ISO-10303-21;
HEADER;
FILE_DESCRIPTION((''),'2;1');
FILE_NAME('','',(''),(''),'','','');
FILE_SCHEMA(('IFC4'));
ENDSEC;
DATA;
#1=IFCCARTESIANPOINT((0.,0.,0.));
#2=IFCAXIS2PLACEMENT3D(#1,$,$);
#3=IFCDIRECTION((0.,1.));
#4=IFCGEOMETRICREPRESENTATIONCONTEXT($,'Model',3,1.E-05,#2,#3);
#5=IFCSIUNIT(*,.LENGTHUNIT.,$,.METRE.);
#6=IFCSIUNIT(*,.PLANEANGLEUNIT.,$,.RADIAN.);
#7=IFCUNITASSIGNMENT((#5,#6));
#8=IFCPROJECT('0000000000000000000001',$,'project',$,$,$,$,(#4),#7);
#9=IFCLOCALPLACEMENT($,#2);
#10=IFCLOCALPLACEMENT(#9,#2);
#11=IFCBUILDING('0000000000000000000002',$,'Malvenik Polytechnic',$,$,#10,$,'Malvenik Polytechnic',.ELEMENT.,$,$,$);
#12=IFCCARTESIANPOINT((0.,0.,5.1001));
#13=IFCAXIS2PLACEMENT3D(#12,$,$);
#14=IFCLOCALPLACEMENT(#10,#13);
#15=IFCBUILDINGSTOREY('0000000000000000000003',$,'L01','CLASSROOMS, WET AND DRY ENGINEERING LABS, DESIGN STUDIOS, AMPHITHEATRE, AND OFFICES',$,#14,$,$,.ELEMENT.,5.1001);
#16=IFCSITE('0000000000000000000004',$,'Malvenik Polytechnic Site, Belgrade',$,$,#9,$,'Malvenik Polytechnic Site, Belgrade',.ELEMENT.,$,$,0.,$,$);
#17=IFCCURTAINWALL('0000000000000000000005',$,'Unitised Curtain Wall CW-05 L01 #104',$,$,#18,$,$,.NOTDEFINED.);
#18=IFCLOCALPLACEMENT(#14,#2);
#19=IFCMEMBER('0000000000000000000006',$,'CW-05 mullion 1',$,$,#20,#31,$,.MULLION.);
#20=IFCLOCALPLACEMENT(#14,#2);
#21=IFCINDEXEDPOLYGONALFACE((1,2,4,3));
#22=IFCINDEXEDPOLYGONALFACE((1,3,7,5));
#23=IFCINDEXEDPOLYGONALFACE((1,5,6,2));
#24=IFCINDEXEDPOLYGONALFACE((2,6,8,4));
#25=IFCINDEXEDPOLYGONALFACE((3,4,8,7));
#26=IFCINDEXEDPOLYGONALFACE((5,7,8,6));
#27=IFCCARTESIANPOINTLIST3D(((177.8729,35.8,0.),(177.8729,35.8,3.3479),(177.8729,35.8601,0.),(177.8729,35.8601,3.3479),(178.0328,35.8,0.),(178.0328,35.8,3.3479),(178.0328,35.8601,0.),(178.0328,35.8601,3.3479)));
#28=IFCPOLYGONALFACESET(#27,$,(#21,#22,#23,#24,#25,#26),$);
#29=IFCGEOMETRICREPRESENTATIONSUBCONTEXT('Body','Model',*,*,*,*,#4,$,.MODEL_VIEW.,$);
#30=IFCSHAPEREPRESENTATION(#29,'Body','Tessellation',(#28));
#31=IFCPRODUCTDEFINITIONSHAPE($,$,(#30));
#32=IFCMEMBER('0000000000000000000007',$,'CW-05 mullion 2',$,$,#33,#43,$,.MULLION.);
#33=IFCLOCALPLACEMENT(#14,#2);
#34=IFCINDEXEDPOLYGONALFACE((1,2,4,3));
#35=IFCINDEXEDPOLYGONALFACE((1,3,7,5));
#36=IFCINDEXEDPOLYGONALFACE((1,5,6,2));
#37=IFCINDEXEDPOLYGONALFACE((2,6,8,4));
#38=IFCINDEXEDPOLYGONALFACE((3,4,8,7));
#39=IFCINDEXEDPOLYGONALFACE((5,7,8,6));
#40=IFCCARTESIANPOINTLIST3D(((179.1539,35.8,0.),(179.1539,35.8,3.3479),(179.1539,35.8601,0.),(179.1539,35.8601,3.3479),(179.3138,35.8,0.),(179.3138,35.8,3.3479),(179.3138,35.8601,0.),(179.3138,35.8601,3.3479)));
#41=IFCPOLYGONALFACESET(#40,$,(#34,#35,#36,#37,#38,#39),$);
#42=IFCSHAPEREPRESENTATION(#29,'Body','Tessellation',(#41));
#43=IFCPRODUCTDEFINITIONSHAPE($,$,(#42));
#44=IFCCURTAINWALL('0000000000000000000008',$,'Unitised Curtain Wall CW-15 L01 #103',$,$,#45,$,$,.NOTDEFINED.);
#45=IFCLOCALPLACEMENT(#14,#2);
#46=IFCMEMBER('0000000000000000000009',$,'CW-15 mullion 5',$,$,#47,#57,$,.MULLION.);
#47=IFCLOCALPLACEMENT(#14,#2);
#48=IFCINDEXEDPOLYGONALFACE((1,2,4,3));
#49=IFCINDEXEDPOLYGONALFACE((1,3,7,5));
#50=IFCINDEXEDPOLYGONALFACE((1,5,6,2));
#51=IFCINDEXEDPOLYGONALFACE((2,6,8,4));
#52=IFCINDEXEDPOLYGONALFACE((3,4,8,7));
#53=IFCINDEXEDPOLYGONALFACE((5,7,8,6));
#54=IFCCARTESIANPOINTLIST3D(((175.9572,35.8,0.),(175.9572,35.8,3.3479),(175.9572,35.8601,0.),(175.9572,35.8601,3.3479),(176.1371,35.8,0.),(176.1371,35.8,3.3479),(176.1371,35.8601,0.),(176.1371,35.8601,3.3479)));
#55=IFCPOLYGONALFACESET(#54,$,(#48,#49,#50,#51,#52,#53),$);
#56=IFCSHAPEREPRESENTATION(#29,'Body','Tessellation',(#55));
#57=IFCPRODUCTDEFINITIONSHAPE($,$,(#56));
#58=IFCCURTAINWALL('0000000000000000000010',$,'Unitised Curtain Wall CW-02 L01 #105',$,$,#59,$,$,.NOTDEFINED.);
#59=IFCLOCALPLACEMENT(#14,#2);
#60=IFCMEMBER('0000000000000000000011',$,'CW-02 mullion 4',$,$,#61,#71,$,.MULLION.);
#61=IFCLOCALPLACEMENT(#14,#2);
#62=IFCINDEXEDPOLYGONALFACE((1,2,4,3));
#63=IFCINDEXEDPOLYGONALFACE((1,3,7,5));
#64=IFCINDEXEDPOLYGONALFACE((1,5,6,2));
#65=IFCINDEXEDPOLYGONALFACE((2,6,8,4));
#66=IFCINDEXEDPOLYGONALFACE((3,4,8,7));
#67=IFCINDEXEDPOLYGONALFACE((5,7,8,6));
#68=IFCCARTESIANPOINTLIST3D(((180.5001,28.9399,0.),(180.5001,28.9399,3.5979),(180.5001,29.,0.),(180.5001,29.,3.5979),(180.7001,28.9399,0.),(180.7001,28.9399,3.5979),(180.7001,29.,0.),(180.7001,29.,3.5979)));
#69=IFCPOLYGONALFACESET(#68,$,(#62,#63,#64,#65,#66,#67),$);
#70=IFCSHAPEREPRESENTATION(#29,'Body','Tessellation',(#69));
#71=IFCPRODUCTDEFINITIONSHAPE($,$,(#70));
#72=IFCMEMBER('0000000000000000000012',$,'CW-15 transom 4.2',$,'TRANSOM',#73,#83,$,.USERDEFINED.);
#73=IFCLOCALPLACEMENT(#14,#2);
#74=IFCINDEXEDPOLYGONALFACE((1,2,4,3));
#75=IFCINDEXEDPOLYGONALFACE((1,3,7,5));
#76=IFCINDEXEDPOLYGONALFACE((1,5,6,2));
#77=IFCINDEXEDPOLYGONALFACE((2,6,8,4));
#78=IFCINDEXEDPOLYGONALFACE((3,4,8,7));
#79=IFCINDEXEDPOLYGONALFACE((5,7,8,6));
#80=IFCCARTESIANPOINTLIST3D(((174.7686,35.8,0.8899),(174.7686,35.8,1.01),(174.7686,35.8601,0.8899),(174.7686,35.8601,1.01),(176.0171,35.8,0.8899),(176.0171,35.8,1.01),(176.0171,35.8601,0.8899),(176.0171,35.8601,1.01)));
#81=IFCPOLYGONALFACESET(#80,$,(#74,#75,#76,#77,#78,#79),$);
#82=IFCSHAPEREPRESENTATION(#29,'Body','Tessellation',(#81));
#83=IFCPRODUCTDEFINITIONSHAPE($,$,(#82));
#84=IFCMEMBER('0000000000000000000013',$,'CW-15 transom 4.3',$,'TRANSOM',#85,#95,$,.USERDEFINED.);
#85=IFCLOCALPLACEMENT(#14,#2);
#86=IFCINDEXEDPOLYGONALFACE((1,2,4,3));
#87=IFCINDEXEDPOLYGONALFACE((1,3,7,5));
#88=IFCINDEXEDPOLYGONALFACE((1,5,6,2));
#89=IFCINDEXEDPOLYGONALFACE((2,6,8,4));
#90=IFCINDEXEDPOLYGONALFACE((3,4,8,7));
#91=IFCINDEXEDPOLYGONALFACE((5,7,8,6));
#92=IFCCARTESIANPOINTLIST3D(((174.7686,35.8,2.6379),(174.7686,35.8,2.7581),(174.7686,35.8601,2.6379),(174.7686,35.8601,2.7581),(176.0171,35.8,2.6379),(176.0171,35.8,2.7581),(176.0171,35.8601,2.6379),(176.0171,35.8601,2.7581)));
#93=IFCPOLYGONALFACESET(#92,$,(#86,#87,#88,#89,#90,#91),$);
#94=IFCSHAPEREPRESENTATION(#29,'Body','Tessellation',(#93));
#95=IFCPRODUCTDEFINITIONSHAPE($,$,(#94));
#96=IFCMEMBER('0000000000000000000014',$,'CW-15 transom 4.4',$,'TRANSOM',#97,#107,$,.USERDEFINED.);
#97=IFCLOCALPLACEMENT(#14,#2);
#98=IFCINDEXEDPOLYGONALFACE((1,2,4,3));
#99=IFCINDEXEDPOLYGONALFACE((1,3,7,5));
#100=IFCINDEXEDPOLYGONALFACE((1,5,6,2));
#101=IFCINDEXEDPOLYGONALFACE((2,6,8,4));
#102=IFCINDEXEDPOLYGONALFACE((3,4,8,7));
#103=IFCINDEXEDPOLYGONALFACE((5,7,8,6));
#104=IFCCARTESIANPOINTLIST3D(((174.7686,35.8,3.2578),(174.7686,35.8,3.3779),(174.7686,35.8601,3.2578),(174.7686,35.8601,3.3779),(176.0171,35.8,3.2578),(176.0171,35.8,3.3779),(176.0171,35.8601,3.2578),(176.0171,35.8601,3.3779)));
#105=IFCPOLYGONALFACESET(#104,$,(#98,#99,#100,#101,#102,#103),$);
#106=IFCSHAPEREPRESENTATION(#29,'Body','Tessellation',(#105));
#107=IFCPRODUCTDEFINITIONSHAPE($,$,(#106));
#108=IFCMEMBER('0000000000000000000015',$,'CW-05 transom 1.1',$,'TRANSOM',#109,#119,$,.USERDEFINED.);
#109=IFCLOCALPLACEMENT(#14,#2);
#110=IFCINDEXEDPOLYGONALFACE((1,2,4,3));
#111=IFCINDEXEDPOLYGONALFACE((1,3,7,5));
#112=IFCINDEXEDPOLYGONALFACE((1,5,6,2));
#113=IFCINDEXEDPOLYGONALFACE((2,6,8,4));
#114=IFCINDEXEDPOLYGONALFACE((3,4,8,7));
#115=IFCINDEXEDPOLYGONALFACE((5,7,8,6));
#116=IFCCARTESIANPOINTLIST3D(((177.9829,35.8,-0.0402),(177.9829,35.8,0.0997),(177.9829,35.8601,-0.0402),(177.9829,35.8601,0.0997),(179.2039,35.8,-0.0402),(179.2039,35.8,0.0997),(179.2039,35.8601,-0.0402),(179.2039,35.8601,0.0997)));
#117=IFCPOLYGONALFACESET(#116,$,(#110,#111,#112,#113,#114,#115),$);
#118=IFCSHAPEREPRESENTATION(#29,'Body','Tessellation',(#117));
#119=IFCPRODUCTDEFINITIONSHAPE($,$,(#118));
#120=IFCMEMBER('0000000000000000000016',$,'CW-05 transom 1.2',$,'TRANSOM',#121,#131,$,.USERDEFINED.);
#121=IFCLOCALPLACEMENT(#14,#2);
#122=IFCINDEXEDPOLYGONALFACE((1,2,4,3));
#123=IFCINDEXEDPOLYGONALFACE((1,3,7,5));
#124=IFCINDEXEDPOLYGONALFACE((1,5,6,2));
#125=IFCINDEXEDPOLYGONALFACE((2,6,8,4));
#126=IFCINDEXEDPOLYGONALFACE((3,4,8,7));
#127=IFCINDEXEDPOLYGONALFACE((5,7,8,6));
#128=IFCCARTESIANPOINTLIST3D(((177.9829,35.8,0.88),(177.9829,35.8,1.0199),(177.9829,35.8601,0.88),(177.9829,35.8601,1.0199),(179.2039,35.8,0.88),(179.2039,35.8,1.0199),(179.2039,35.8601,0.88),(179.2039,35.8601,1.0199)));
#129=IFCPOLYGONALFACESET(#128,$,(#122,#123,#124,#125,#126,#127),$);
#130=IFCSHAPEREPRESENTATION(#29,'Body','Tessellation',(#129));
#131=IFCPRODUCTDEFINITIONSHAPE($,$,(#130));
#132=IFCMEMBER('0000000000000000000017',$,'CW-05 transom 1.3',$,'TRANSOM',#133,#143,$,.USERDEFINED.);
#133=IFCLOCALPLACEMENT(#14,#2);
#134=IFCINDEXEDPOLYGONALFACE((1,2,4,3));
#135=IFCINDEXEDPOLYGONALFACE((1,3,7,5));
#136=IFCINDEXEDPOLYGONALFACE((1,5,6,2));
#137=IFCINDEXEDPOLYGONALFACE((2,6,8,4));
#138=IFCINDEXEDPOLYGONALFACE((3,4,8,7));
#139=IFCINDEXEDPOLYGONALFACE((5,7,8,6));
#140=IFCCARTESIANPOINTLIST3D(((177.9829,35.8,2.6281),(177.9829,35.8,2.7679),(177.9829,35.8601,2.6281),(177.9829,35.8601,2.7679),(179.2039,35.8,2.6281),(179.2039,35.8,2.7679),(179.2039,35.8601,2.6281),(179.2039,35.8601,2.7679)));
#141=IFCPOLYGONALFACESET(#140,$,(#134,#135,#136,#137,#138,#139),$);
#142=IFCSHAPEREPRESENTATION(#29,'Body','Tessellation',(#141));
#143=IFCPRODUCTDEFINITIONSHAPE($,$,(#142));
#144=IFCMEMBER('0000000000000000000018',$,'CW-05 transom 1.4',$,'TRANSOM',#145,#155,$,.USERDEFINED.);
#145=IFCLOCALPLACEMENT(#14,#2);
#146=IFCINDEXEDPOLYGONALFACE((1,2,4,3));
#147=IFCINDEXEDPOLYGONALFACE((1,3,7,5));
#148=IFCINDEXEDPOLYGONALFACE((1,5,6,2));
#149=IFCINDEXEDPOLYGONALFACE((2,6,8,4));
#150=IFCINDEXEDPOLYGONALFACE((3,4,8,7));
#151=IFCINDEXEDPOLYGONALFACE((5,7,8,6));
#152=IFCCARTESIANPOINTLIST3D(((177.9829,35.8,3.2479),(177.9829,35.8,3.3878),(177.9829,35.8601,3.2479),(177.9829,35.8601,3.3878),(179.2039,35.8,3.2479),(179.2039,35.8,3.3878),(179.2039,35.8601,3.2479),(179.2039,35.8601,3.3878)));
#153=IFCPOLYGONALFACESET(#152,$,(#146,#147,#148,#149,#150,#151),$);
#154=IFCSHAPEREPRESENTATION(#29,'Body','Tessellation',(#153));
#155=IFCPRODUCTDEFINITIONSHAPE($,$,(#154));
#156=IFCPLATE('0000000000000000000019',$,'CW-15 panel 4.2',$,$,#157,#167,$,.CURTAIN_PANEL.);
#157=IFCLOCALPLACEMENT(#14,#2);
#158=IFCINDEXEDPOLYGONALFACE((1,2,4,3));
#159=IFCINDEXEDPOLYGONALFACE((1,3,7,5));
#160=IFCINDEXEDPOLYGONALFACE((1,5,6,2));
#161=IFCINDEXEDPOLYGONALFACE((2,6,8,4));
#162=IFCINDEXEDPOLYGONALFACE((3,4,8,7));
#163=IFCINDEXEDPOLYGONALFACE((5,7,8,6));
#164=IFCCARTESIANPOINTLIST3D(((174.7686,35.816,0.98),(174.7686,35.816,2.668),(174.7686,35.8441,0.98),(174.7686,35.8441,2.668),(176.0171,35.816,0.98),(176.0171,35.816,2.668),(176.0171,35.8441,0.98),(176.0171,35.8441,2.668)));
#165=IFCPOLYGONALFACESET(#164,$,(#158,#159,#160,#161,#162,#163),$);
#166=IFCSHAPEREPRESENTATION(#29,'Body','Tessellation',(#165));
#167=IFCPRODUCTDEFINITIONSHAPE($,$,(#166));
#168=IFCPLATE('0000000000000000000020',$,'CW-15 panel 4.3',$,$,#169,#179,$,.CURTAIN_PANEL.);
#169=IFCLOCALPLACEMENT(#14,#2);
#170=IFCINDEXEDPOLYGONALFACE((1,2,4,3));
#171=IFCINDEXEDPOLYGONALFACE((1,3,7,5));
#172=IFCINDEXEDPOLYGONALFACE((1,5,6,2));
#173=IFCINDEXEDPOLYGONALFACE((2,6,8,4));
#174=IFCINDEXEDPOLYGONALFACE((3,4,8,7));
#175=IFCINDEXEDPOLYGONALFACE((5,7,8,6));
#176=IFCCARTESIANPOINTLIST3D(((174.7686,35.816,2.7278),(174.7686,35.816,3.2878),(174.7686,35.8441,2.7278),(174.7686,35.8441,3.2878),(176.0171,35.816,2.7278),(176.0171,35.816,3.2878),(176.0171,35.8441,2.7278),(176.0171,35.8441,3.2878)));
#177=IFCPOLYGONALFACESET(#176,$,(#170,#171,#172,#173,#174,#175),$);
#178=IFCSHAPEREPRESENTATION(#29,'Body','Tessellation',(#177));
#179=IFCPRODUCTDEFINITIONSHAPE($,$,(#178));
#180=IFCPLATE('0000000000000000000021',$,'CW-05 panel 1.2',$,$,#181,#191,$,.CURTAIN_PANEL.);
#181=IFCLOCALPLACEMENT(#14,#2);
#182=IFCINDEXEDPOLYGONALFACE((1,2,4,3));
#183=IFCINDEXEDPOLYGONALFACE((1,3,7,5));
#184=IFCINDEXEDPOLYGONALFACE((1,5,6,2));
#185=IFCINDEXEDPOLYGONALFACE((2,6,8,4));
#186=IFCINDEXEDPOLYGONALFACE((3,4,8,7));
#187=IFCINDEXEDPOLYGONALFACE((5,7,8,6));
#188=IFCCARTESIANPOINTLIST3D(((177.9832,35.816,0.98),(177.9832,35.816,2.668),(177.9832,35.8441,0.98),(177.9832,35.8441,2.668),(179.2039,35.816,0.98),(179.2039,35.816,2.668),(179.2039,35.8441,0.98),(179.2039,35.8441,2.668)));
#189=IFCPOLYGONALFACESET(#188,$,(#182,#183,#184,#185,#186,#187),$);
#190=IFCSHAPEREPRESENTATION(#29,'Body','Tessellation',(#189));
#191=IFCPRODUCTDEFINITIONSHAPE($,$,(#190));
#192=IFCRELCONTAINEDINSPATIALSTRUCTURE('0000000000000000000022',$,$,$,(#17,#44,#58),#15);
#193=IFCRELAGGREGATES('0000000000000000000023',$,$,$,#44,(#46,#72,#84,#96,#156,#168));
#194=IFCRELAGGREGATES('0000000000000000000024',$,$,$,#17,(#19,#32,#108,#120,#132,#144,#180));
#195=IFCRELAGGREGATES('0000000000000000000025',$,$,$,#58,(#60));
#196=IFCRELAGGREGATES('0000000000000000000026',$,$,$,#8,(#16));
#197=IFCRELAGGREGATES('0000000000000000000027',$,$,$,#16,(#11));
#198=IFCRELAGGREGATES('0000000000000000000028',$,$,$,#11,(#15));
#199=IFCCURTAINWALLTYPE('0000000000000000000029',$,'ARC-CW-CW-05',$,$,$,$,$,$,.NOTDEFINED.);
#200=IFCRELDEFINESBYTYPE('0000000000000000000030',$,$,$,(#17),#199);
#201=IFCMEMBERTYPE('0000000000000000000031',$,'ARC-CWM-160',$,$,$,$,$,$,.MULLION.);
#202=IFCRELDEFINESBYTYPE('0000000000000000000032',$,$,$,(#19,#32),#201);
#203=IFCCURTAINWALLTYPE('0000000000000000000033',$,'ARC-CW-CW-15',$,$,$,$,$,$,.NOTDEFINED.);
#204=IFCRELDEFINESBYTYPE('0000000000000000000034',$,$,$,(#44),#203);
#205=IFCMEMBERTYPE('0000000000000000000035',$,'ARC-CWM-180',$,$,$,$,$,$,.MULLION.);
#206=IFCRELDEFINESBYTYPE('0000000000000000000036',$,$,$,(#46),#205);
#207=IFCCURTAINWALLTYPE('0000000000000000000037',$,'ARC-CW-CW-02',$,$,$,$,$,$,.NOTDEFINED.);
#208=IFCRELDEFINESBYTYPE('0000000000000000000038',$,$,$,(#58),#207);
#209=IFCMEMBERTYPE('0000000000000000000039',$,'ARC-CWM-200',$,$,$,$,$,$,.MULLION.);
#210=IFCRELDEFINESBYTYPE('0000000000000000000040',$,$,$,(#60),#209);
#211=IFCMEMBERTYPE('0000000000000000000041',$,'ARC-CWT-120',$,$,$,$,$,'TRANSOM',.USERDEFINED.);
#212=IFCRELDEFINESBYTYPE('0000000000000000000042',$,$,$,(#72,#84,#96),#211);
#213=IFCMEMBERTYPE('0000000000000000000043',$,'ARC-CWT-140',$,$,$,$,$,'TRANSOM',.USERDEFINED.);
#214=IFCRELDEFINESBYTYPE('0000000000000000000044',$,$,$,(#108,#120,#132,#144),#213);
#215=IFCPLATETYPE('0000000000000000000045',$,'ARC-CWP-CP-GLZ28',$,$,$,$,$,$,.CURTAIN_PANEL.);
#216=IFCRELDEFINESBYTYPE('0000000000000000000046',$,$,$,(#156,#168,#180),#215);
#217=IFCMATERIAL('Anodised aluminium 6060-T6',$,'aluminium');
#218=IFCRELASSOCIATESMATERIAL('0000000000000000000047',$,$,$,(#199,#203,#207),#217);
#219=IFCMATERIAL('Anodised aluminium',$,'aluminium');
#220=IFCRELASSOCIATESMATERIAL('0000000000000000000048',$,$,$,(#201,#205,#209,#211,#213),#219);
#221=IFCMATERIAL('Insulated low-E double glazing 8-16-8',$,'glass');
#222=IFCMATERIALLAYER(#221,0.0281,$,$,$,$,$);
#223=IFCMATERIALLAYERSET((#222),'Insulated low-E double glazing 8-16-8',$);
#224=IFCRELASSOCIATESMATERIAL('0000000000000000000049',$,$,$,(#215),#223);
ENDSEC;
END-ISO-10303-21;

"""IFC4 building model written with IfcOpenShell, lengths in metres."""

from ifc_helpers import new_model, si_unit, direction, frame, origin, origin_2d, place, context, subcontext, project, spatial, rectangle, extrude, material, layer, layer_set, material_profile, profile_set, type_object, element, aggregate, save


model = new_model("IFC4")

# Units and contexts
model_context = context("Model", 3, precision=1e-05, world=origin(), true_north=direction((0.0, 1.0)))
body_context = subcontext(model_context, "Body", "Model", "MODEL_VIEW")
ifc_project = project(units=[si_unit("LENGTHUNIT", "METRE"), si_unit("PLANEANGLEUNIT", "RADIAN")], contexts=[model_context])

# Site, building, storey
site_placement = place(None, origin())
site = spatial("IfcSite", under=ifc_project, at=site_placement, Name="Malvenik Polytechnic Site, Belgrade", LongName="Malvenik Polytechnic Site, Belgrade", CompositionType="ELEMENT", RefElevation=0.0)
building_placement = place(site_placement, origin())
building = spatial("IfcBuilding", under=site, at=building_placement, Name="Malvenik Polytechnic", LongName="Malvenik Polytechnic", CompositionType="ELEMENT")
storey_placement = place(building_placement, frame((0.0, 0.0, 5.1001)))
storey = spatial("IfcBuildingStorey", under=building, at=storey_placement, Name="L01", Description="CLASSROOMS, WET AND DRY ENGINEERING LABS, DESIGN STUDIOS, AMPHITHEATRE, AND OFFICES", CompositionType="ELEMENT", Elevation=5.1001)

# Curtain wall, members
ifc_material_1 = material(Name="Anodised aluminium 6060-T6", Category="aluminium")
curtain_wall_type_1 = type_object("IfcCurtainWallType", Name="ARC-CW-CW-05", PredefinedType="NOTDEFINED", material=ifc_material_1)
curtain_wall_1_placement = place(storey_placement, origin())
curtain_wall_1 = element("IfcCurtainWall", 1, at=curtain_wall_1_placement, inside=storey, type_object=curtain_wall_type_1, Name="Unitised Curtain Wall CW-05 L01 #104", PredefinedType="NOTDEFINED")
ifc_material_2 = material(Name="Anodised aluminium", Category="aluminium")
ifc_material_profile_1 = material_profile(ifc_material_2, rectangle(XDim=0.0601, YDim=0.1599, at=origin_2d()), Name="ALU MULLION 60x160")
ifc_profile_set_1 = profile_set([ifc_material_profile_1], Name="Anodised aluminium")
member_type_1 = type_object("IfcMemberType", Name="ARC-CWM-160", PredefinedType="MULLION", material=ifc_profile_set_1)
member_1_placement = place(storey_placement, frame((177.9529, 35.8301, 0.0), z_axis=(0.0, 0.0, 1.0), x_axis=(0.0, 1.0, 0.0)))
member_1 = element("IfcMember", 2, at=member_1_placement, type_object=member_type_1, Name="CW-05 mullion 1", PredefinedType="MULLION", context=body_context, shape_type="SweptSolid", body=[
    extrude(rectangle(XDim=0.0601, YDim=0.1599, at=origin_2d()), origin(), (0.0, 0.0, 1.0), 3.3479),
])
member_2_placement = place(storey_placement, frame((179.2339, 35.8301, 0.0), z_axis=(0.0, 0.0, 1.0), x_axis=(0.0, 1.0, 0.0)))
member_2 = element("IfcMember", 3, at=member_2_placement, type_object=member_type_1, Name="CW-05 mullion 2", PredefinedType="MULLION", context=body_context, shape_type="SweptSolid", body=[
    extrude(rectangle(XDim=0.0601, YDim=0.1599, at=origin_2d()), origin(), (0.0, 0.0, 1.0), 3.3479),
])

# Curtain walls, members
curtain_wall_type_2 = type_object("IfcCurtainWallType", Name="ARC-CW-CW-15", PredefinedType="NOTDEFINED", material=ifc_material_1)
curtain_wall_2_placement = place(storey_placement, origin())
curtain_wall_2 = element("IfcCurtainWall", 4, at=curtain_wall_2_placement, inside=storey, type_object=curtain_wall_type_2, Name="Unitised Curtain Wall CW-15 L01 #103", PredefinedType="NOTDEFINED")
ifc_material_profile_2 = material_profile(ifc_material_2, rectangle(XDim=0.0601, YDim=0.1799, at=origin_2d()), Name="ALU MULLION 60x180")
ifc_profile_set_2 = profile_set([ifc_material_profile_2], Name="Anodised aluminium")
member_type_2 = type_object("IfcMemberType", Name="ARC-CWM-180", PredefinedType="MULLION", material=ifc_profile_set_2)
member_3_placement = place(storey_placement, frame((176.0471, 35.8301, 0.0), z_axis=(0.0, 0.0, 1.0), x_axis=(0.0, 1.0, 0.0)))
member_3 = element("IfcMember", 5, at=member_3_placement, type_object=member_type_2, Name="CW-15 mullion 5", PredefinedType="MULLION", context=body_context, shape_type="SweptSolid", body=[
    extrude(rectangle(XDim=0.0601, YDim=0.1799, at=origin_2d()), origin(), (0.0, 0.0, 1.0), 3.3479),
])
curtain_wall_type_3 = type_object("IfcCurtainWallType", Name="ARC-CW-CW-02", PredefinedType="NOTDEFINED", material=ifc_material_1)
curtain_wall_3_placement = place(storey_placement, origin())
curtain_wall_3 = element("IfcCurtainWall", 6, at=curtain_wall_3_placement, inside=storey, type_object=curtain_wall_type_3, Name="Unitised Curtain Wall CW-02 L01 #105", PredefinedType="NOTDEFINED")
ifc_material_profile_3 = material_profile(ifc_material_2, rectangle(XDim=0.0601, YDim=0.2, at=origin_2d()), Name="ALU MULLION 60x200")
ifc_profile_set_3 = profile_set([ifc_material_profile_3], Name="Anodised aluminium")
member_type_3 = type_object("IfcMemberType", Name="ARC-CWM-200", PredefinedType="MULLION", material=ifc_profile_set_3)
member_4_placement = place(storey_placement, frame((180.6001, 28.97, 0.0), z_axis=(0.0, 0.0, 1.0), x_axis=(0.0, -1.0, 0.0)))
member_4 = element("IfcMember", 7, at=member_4_placement, type_object=member_type_3, Name="CW-02 mullion 4", PredefinedType="MULLION", context=body_context, shape_type="SweptSolid", body=[
    extrude(rectangle(XDim=0.0601, YDim=0.2, at=origin_2d()), origin(), (0.0, 0.0, 1.0), 3.5979),
])

# Members
ifc_material_profile_4 = material_profile(ifc_material_2, rectangle(XDim=0.0601, YDim=0.1201, at=origin_2d()), Name="ALU TRANSOM 60x120")
ifc_profile_set_4 = profile_set([ifc_material_profile_4], Name="Anodised aluminium")
member_type_4 = type_object("IfcMemberType", Name="ARC-CWT-120", ElementType="TRANSOM", PredefinedType="USERDEFINED", material=ifc_profile_set_4)
member_5_placement = place(storey_placement, frame((174.7686, 35.8301, 0.95), z_axis=(1.0, 0.0, 0.0), x_axis=(0.0, 1.0, 0.0)))
member_5 = element("IfcMember", 8, at=member_5_placement, type_object=member_type_4, Name="CW-15 transom 4.2", ObjectType="TRANSOM", PredefinedType="USERDEFINED", context=body_context, shape_type="SweptSolid", body=[
    extrude(rectangle(XDim=0.0601, YDim=0.1201, at=origin_2d()), origin(), (0.0, 0.0, 1.0), 1.2485),
])
member_6_placement = place(storey_placement, frame((174.7686, 35.8301, 2.698), z_axis=(1.0, 0.0, 0.0), x_axis=(0.0, 1.0, 0.0)))
member_6 = element("IfcMember", 9, at=member_6_placement, type_object=member_type_4, Name="CW-15 transom 4.3", ObjectType="TRANSOM", PredefinedType="USERDEFINED", context=body_context, shape_type="SweptSolid", body=[
    extrude(rectangle(XDim=0.0601, YDim=0.1201, at=origin_2d()), origin(), (0.0, 0.0, 1.0), 1.2485),
])
member_7_placement = place(storey_placement, frame((174.7686, 35.8301, 3.3179), z_axis=(1.0, 0.0, 0.0), x_axis=(0.0, 1.0, 0.0)))
member_7 = element("IfcMember", 10, at=member_7_placement, type_object=member_type_4, Name="CW-15 transom 4.4", ObjectType="TRANSOM", PredefinedType="USERDEFINED", context=body_context, shape_type="SweptSolid", body=[
    extrude(rectangle(XDim=0.0601, YDim=0.1201, at=origin_2d()), origin(), (0.0, 0.0, 1.0), 1.2485),
])
ifc_material_profile_5 = material_profile(ifc_material_2, rectangle(XDim=0.0601, YDim=0.1399, at=origin_2d()), Name="ALU TRANSOM 60x140")
ifc_profile_set_5 = profile_set([ifc_material_profile_5], Name="Anodised aluminium")
member_type_5 = type_object("IfcMemberType", Name="ARC-CWT-140", ElementType="TRANSOM", PredefinedType="USERDEFINED", material=ifc_profile_set_5)
member_8_placement = place(storey_placement, frame((177.9829, 35.8301, 0.0298), z_axis=(1.0, 0.0, 0.0), x_axis=(0.0, 1.0, 0.0)))
member_8 = element("IfcMember", 11, at=member_8_placement, type_object=member_type_5, Name="CW-05 transom 1.1", ObjectType="TRANSOM", PredefinedType="USERDEFINED", context=body_context, shape_type="SweptSolid", body=[
    extrude(rectangle(XDim=0.0601, YDim=0.1399, at=origin_2d()), origin(), (0.0, 0.0, 1.0), 1.2209),
])
member_9_placement = place(storey_placement, frame((177.9829, 35.8301, 0.95), z_axis=(1.0, 0.0, 0.0), x_axis=(0.0, 1.0, 0.0)))
member_9 = element("IfcMember", 12, at=member_9_placement, type_object=member_type_5, Name="CW-05 transom 1.2", ObjectType="TRANSOM", PredefinedType="USERDEFINED", context=body_context, shape_type="SweptSolid", body=[
    extrude(rectangle(XDim=0.0601, YDim=0.1399, at=origin_2d()), origin(), (0.0, 0.0, 1.0), 1.2209),
])
member_10_placement = place(storey_placement, frame((177.9829, 35.8301, 2.698), z_axis=(1.0, 0.0, 0.0), x_axis=(0.0, 1.0, 0.0)))
member_10 = element("IfcMember", 13, at=member_10_placement, type_object=member_type_5, Name="CW-05 transom 1.3", ObjectType="TRANSOM", PredefinedType="USERDEFINED", context=body_context, shape_type="SweptSolid", body=[
    extrude(rectangle(XDim=0.0601, YDim=0.1399, at=origin_2d()), origin(), (0.0, 0.0, 1.0), 1.2209),
])
member_11_placement = place(storey_placement, frame((177.9829, 35.8301, 3.3179), z_axis=(1.0, 0.0, 0.0), x_axis=(0.0, 1.0, 0.0)))
member_11 = element("IfcMember", 14, at=member_11_placement, type_object=member_type_5, Name="CW-05 transom 1.4", ObjectType="TRANSOM", PredefinedType="USERDEFINED", context=body_context, shape_type="SweptSolid", body=[
    extrude(rectangle(XDim=0.0601, YDim=0.1399, at=origin_2d()), origin(), (0.0, 0.0, 1.0), 1.2209),
])

# Plates
ifc_material_3 = material(Name="Insulated low-E double glazing 8-16-8", Category="glass")
ifc_layer_1 = layer(ifc_material_3, 0.0281)
ifc_layer_set_1 = layer_set([ifc_layer_1], Name="Insulated low-E double glazing 8-16-8")
plate_type_1 = type_object("IfcPlateType", Name="ARC-CWP-CP-GLZ28", PredefinedType="CURTAIN_PANEL", material=ifc_layer_set_1)
plate_1_placement = place(storey_placement, frame((175.3928, 35.8301, 0.98), z_axis=(0.0, 0.0, 1.0), x_axis=(1.0, 0.0, 0.0)))
plate_1 = element("IfcPlate", 15, at=plate_1_placement, type_object=plate_type_1, Name="CW-15 panel 4.2", PredefinedType="CURTAIN_PANEL", context=body_context, shape_type="SweptSolid", body=[
    extrude(rectangle(XDim=1.2485, YDim=0.0281, at=origin_2d()), origin(), (0.0, 0.0, 1.0), 1.688),
])
plate_2_placement = place(storey_placement, frame((175.3928, 35.8301, 2.7278), z_axis=(0.0, 0.0, 1.0), x_axis=(1.0, 0.0, 0.0)))
plate_2 = element("IfcPlate", 16, at=plate_2_placement, type_object=plate_type_1, Name="CW-15 panel 4.3", PredefinedType="CURTAIN_PANEL", context=body_context, shape_type="SweptSolid", body=[
    extrude(rectangle(XDim=1.2485, YDim=0.0281, at=origin_2d()), origin(), (0.0, 0.0, 1.0), 0.5601),
])
plate_3_placement = place(storey_placement, frame((178.5935, 35.8301, 0.98), z_axis=(0.0, 0.0, 1.0), x_axis=(1.0, 0.0, 0.0)))
plate_3 = element("IfcPlate", 17, at=plate_3_placement, type_object=plate_type_1, Name="CW-05 panel 1.2", PredefinedType="CURTAIN_PANEL", context=body_context, shape_type="SweptSolid", body=[
    extrude(rectangle(XDim=1.2207, YDim=0.0281, at=origin_2d()), origin(), (0.0, 0.0, 1.0), 1.688),
])
aggregate(curtain_wall_2, [member_3, member_5, member_6, member_7, plate_1, plate_2])
aggregate(curtain_wall_1, [member_1, member_2, member_8, member_9, member_10, member_11, plate_3])
aggregate(curtain_wall_3, [member_4])

save(model, "model.ifc")
